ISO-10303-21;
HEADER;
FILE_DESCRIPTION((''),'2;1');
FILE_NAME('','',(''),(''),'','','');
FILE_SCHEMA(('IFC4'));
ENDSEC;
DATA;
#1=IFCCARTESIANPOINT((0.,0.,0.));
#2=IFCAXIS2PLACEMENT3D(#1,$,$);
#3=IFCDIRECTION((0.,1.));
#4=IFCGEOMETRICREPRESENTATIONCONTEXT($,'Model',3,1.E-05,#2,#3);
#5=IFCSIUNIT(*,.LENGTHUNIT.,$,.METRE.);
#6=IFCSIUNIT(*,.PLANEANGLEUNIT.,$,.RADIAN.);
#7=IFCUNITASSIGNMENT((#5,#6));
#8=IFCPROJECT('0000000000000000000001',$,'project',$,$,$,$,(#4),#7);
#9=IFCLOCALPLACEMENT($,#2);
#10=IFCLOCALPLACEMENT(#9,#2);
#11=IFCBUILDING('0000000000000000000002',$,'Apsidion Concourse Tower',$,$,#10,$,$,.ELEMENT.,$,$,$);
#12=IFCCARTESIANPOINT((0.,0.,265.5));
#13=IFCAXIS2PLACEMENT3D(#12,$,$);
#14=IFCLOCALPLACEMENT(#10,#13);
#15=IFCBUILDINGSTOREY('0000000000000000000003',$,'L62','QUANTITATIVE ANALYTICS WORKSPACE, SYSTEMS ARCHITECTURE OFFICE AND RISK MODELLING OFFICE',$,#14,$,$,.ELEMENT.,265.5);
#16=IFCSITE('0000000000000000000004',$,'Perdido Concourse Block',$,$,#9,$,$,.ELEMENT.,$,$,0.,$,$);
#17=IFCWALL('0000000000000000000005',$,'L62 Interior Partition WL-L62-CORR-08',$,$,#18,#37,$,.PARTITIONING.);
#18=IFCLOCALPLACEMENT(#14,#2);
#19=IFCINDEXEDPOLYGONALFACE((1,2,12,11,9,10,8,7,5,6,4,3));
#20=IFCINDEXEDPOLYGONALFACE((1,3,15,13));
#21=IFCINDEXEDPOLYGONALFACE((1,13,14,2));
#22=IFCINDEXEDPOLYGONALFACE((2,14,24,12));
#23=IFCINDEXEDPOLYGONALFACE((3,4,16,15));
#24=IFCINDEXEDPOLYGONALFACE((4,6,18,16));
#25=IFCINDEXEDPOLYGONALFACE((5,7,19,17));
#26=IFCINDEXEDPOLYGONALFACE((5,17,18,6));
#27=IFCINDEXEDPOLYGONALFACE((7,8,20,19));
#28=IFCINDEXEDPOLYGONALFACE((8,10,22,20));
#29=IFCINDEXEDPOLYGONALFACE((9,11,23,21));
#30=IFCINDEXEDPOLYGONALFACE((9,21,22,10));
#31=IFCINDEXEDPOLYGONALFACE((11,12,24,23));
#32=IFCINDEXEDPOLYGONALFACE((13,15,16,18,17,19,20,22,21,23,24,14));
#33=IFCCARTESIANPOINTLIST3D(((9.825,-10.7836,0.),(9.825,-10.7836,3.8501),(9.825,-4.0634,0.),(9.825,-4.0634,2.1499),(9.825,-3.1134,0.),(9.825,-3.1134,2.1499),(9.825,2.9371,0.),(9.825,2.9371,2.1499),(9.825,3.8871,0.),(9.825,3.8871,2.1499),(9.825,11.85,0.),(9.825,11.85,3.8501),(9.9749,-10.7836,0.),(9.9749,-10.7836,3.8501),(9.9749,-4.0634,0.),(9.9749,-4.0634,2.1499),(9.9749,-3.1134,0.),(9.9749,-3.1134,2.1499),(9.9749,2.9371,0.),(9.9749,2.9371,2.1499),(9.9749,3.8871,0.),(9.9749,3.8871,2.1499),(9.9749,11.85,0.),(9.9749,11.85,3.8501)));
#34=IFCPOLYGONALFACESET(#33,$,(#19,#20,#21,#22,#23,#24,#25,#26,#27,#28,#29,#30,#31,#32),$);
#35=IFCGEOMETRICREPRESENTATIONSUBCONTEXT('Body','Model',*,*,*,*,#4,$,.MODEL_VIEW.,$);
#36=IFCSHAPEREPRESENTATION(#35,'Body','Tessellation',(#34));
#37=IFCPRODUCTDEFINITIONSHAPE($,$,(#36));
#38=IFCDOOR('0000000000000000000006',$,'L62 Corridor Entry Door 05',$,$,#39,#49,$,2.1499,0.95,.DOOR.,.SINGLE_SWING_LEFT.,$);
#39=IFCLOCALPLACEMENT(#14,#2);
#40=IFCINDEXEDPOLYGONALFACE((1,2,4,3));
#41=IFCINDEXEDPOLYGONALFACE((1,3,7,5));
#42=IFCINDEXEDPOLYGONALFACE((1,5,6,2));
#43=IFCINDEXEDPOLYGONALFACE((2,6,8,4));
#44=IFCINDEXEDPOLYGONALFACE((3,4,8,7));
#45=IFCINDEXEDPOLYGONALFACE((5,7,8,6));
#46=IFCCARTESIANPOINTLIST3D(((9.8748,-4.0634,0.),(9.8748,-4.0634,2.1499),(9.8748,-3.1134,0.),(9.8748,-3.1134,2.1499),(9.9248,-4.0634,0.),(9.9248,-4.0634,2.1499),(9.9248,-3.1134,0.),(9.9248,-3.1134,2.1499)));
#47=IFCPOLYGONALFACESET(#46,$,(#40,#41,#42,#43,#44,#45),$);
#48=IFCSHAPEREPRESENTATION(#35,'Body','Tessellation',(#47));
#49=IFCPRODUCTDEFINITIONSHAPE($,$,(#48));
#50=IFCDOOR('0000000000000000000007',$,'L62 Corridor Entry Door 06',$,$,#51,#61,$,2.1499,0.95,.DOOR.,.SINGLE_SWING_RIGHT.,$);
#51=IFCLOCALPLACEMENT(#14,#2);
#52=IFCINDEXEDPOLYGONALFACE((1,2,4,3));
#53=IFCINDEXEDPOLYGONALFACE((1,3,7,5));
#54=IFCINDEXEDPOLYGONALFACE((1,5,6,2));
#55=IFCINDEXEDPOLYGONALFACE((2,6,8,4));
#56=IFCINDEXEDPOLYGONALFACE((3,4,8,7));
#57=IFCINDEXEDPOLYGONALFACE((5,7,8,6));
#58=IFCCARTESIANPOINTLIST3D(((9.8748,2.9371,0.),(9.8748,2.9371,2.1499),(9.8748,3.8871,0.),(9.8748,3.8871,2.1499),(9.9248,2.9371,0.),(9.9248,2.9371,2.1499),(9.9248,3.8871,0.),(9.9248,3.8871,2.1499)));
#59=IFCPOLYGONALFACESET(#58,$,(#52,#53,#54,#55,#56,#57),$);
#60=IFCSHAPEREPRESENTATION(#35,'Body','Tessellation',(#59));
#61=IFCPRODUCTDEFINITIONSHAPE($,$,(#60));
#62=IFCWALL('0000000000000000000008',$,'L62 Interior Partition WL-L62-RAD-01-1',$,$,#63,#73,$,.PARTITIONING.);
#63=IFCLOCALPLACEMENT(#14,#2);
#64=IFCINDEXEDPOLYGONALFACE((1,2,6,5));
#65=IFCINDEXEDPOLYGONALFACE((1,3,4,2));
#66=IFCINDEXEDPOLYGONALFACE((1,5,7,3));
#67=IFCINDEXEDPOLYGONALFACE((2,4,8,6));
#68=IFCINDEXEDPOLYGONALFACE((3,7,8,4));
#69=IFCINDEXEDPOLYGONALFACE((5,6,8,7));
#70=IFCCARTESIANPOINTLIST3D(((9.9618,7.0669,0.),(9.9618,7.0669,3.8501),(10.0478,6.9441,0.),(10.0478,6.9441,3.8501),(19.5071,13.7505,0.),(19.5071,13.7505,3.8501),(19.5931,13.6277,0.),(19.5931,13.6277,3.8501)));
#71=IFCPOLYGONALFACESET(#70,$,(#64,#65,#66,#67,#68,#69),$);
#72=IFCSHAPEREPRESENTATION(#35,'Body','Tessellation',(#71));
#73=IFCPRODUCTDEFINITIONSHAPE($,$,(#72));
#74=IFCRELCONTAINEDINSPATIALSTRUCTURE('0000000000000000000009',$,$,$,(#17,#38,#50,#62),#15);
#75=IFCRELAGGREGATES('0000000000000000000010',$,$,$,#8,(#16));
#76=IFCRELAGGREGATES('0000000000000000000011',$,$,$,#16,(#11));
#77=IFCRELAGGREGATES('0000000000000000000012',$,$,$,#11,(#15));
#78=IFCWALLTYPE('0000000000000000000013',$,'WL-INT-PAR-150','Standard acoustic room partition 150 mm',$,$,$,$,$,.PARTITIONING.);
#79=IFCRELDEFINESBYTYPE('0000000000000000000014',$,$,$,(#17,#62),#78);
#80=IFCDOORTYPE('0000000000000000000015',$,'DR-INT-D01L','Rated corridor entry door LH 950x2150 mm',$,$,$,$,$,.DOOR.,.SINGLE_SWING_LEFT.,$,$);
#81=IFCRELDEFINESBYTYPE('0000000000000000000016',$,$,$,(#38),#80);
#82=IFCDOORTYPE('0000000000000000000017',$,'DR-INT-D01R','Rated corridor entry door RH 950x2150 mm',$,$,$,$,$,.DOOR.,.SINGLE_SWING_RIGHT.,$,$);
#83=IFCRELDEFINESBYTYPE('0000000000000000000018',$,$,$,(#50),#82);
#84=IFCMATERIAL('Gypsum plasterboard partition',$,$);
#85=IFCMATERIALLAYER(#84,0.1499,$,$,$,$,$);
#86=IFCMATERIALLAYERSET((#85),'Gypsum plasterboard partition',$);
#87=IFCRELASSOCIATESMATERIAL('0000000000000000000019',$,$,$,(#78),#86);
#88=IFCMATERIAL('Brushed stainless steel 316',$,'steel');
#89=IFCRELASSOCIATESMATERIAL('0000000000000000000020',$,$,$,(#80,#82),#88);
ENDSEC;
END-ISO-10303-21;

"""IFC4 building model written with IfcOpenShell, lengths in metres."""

from ifc_helpers import new_model, si_unit, direction, frame, frame_2d, origin, place, context, subcontext, project, spatial, rectangle, extrude, material, layer, layer_set, type_object, element, fill, save


model = new_model("IFC4")

# Units and contexts
model_context = context("Model", 3, precision=1e-05, world=origin(), true_north=direction((0.0, 1.0)))
body_context = subcontext(model_context, "Body", "Model", "MODEL_VIEW")
ifc_project = project(units=[si_unit("LENGTHUNIT", "METRE"), si_unit("PLANEANGLEUNIT", "RADIAN")], contexts=[model_context])

# Site, building, storey
site_placement = place(None, origin())
site = spatial("IfcSite", under=ifc_project, at=site_placement, Name="Perdido Concourse Block", CompositionType="ELEMENT", RefElevation=0.0)
building_placement = place(site_placement, origin())
building = spatial("IfcBuilding", under=site, at=building_placement, Name="Apsidion Concourse Tower", CompositionType="ELEMENT")
storey_placement = place(building_placement, frame((0.0, 0.0, 265.5)))
storey = spatial("IfcBuildingStorey", under=building, at=storey_placement, Name="L62", Description="QUANTITATIVE ANALYTICS WORKSPACE, SYSTEMS ARCHITECTURE OFFICE AND RISK MODELLING OFFICE", CompositionType="ELEMENT", Elevation=265.5)

# Wall, openings, doors
ifc_material_1 = material(Name="Gypsum plasterboard partition")
ifc_layer_1 = layer(ifc_material_1, 0.1499)
ifc_layer_set_1 = layer_set([ifc_layer_1], Name="Gypsum plasterboard partition")
wall_type_1 = type_object("IfcWallType", Name="WL-INT-PAR-150", Description="Standard acoustic room partition 150 mm", PredefinedType="PARTITIONING", material=ifc_layer_set_1)
wall_1_placement = place(storey_placement, frame((9.8999, 11.8501, 0.0), z_axis=(0.0, 0.0, 1.0), x_axis=(0.0, -1.0, 0.0)))
wall_1 = element("IfcWall", 1, at=wall_1_placement, inside=storey, type_object=wall_type_1, Name="L62 Interior Partition WL-L62-CORR-08", PredefinedType="PARTITIONING", context=body_context, shape_type="SweptSolid", body=[
    extrude(rectangle(XDim=22.6335, YDim=0.1499, at=frame_2d((11.3169, 0.0))), origin(), (0.0, 0.0, 1.0), 3.8501),
])
opening_1_placement = place(wall_1_placement, frame((14.9634, 0.0, 0.0)))
opening_1 = element("IfcOpeningElement", 2, at=opening_1_placement, cuts=wall_1, PredefinedType="OPENING", context=body_context, shape_type="SweptSolid", body=[
    extrude(rectangle(XDim=0.95, YDim=2.1499, at=frame_2d((0.4751, 1.075))), frame((0.0, 0.085, 0.0), z_axis=(0.0, -1.0, 0.0), x_axis=(1.0, 0.0, 0.0)), (0.0, 0.0, 1.0), 0.1699),
])
opening_2_placement = place(wall_1_placement, frame((7.9629, 0.0, 0.0)))
opening_2 = element("IfcOpeningElement", 3, at=opening_2_placement, cuts=wall_1, PredefinedType="OPENING", context=body_context, shape_type="SweptSolid", body=[
    extrude(rectangle(XDim=0.95, YDim=2.1499, at=frame_2d((0.4751, 1.075))), frame((0.0, 0.085, 0.0), z_axis=(0.0, -1.0, 0.0), x_axis=(1.0, 0.0, 0.0)), (0.0, 0.0, 1.0), 0.1699),
])
ifc_material_2 = material(Name="Brushed stainless steel 316", Category="steel")
door_type_1 = type_object("IfcDoorType", Name="DR-INT-D01L", Description="Rated corridor entry door LH 950x2150 mm", OperationType="SINGLE_SWING_LEFT", PredefinedType="DOOR", material=ifc_material_2)
door_1_placement = place(opening_1_placement, origin())
door_1 = element("IfcDoor", 4, at=door_1_placement, inside=storey, type_object=door_type_1, Name="L62 Corridor Entry Door 05", OperationType="SINGLE_SWING_LEFT", OverallHeight=2.1499, OverallWidth=0.95, PredefinedType="DOOR", context=body_context, shape_type="SweptSolid", body=[
    extrude(rectangle(XDim=0.95, YDim=2.1499, at=frame_2d((0.4751, 1.075))), frame((0.0, 0.0249, 0.0), z_axis=(0.0, -1.0, 0.0), x_axis=(1.0, 0.0, 0.0)), (0.0, 0.0, 1.0), 0.05),
])
fill(opening_1, door_1)
door_type_2 = type_object("IfcDoorType", Name="DR-INT-D01R", Description="Rated corridor entry door RH 950x2150 mm", OperationType="SINGLE_SWING_RIGHT", PredefinedType="DOOR", material=ifc_material_2)
door_2_placement = place(opening_2_placement, origin())
door_2 = element("IfcDoor", 5, at=door_2_placement, inside=storey, type_object=door_type_2, Name="L62 Corridor Entry Door 06", OperationType="SINGLE_SWING_RIGHT", OverallHeight=2.1499, OverallWidth=0.95, PredefinedType="DOOR", context=body_context, shape_type="SweptSolid", body=[
    extrude(rectangle(XDim=0.95, YDim=2.1499, at=frame_2d((0.4751, 1.075))), frame((0.0, 0.0249, 0.0), z_axis=(0.0, -1.0, 0.0), x_axis=(1.0, 0.0, 0.0)), (0.0, 0.0, 1.0), 0.05),
])
fill(opening_2, door_2)

# Wall
wall_2_placement = place(storey_placement, frame((10.0049, 7.0056, 0.0), z_axis=(0.0, 0.0, 1.0), x_axis=(0.819159, 0.573566, 0.0)))
element("IfcWall", 6, at=wall_2_placement, inside=storey, type_object=wall_type_1, Name="L62 Interior Partition WL-L62-RAD-01-1", PredefinedType="PARTITIONING", context=body_context, shape_type="SweptSolid", body=[
    extrude(rectangle(XDim=11.6526, YDim=0.1499, at=frame_2d((5.8262, 0.0))), origin(), (0.0, 0.0, 1.0), 3.8501),
])

save(model, "model.ifc")
